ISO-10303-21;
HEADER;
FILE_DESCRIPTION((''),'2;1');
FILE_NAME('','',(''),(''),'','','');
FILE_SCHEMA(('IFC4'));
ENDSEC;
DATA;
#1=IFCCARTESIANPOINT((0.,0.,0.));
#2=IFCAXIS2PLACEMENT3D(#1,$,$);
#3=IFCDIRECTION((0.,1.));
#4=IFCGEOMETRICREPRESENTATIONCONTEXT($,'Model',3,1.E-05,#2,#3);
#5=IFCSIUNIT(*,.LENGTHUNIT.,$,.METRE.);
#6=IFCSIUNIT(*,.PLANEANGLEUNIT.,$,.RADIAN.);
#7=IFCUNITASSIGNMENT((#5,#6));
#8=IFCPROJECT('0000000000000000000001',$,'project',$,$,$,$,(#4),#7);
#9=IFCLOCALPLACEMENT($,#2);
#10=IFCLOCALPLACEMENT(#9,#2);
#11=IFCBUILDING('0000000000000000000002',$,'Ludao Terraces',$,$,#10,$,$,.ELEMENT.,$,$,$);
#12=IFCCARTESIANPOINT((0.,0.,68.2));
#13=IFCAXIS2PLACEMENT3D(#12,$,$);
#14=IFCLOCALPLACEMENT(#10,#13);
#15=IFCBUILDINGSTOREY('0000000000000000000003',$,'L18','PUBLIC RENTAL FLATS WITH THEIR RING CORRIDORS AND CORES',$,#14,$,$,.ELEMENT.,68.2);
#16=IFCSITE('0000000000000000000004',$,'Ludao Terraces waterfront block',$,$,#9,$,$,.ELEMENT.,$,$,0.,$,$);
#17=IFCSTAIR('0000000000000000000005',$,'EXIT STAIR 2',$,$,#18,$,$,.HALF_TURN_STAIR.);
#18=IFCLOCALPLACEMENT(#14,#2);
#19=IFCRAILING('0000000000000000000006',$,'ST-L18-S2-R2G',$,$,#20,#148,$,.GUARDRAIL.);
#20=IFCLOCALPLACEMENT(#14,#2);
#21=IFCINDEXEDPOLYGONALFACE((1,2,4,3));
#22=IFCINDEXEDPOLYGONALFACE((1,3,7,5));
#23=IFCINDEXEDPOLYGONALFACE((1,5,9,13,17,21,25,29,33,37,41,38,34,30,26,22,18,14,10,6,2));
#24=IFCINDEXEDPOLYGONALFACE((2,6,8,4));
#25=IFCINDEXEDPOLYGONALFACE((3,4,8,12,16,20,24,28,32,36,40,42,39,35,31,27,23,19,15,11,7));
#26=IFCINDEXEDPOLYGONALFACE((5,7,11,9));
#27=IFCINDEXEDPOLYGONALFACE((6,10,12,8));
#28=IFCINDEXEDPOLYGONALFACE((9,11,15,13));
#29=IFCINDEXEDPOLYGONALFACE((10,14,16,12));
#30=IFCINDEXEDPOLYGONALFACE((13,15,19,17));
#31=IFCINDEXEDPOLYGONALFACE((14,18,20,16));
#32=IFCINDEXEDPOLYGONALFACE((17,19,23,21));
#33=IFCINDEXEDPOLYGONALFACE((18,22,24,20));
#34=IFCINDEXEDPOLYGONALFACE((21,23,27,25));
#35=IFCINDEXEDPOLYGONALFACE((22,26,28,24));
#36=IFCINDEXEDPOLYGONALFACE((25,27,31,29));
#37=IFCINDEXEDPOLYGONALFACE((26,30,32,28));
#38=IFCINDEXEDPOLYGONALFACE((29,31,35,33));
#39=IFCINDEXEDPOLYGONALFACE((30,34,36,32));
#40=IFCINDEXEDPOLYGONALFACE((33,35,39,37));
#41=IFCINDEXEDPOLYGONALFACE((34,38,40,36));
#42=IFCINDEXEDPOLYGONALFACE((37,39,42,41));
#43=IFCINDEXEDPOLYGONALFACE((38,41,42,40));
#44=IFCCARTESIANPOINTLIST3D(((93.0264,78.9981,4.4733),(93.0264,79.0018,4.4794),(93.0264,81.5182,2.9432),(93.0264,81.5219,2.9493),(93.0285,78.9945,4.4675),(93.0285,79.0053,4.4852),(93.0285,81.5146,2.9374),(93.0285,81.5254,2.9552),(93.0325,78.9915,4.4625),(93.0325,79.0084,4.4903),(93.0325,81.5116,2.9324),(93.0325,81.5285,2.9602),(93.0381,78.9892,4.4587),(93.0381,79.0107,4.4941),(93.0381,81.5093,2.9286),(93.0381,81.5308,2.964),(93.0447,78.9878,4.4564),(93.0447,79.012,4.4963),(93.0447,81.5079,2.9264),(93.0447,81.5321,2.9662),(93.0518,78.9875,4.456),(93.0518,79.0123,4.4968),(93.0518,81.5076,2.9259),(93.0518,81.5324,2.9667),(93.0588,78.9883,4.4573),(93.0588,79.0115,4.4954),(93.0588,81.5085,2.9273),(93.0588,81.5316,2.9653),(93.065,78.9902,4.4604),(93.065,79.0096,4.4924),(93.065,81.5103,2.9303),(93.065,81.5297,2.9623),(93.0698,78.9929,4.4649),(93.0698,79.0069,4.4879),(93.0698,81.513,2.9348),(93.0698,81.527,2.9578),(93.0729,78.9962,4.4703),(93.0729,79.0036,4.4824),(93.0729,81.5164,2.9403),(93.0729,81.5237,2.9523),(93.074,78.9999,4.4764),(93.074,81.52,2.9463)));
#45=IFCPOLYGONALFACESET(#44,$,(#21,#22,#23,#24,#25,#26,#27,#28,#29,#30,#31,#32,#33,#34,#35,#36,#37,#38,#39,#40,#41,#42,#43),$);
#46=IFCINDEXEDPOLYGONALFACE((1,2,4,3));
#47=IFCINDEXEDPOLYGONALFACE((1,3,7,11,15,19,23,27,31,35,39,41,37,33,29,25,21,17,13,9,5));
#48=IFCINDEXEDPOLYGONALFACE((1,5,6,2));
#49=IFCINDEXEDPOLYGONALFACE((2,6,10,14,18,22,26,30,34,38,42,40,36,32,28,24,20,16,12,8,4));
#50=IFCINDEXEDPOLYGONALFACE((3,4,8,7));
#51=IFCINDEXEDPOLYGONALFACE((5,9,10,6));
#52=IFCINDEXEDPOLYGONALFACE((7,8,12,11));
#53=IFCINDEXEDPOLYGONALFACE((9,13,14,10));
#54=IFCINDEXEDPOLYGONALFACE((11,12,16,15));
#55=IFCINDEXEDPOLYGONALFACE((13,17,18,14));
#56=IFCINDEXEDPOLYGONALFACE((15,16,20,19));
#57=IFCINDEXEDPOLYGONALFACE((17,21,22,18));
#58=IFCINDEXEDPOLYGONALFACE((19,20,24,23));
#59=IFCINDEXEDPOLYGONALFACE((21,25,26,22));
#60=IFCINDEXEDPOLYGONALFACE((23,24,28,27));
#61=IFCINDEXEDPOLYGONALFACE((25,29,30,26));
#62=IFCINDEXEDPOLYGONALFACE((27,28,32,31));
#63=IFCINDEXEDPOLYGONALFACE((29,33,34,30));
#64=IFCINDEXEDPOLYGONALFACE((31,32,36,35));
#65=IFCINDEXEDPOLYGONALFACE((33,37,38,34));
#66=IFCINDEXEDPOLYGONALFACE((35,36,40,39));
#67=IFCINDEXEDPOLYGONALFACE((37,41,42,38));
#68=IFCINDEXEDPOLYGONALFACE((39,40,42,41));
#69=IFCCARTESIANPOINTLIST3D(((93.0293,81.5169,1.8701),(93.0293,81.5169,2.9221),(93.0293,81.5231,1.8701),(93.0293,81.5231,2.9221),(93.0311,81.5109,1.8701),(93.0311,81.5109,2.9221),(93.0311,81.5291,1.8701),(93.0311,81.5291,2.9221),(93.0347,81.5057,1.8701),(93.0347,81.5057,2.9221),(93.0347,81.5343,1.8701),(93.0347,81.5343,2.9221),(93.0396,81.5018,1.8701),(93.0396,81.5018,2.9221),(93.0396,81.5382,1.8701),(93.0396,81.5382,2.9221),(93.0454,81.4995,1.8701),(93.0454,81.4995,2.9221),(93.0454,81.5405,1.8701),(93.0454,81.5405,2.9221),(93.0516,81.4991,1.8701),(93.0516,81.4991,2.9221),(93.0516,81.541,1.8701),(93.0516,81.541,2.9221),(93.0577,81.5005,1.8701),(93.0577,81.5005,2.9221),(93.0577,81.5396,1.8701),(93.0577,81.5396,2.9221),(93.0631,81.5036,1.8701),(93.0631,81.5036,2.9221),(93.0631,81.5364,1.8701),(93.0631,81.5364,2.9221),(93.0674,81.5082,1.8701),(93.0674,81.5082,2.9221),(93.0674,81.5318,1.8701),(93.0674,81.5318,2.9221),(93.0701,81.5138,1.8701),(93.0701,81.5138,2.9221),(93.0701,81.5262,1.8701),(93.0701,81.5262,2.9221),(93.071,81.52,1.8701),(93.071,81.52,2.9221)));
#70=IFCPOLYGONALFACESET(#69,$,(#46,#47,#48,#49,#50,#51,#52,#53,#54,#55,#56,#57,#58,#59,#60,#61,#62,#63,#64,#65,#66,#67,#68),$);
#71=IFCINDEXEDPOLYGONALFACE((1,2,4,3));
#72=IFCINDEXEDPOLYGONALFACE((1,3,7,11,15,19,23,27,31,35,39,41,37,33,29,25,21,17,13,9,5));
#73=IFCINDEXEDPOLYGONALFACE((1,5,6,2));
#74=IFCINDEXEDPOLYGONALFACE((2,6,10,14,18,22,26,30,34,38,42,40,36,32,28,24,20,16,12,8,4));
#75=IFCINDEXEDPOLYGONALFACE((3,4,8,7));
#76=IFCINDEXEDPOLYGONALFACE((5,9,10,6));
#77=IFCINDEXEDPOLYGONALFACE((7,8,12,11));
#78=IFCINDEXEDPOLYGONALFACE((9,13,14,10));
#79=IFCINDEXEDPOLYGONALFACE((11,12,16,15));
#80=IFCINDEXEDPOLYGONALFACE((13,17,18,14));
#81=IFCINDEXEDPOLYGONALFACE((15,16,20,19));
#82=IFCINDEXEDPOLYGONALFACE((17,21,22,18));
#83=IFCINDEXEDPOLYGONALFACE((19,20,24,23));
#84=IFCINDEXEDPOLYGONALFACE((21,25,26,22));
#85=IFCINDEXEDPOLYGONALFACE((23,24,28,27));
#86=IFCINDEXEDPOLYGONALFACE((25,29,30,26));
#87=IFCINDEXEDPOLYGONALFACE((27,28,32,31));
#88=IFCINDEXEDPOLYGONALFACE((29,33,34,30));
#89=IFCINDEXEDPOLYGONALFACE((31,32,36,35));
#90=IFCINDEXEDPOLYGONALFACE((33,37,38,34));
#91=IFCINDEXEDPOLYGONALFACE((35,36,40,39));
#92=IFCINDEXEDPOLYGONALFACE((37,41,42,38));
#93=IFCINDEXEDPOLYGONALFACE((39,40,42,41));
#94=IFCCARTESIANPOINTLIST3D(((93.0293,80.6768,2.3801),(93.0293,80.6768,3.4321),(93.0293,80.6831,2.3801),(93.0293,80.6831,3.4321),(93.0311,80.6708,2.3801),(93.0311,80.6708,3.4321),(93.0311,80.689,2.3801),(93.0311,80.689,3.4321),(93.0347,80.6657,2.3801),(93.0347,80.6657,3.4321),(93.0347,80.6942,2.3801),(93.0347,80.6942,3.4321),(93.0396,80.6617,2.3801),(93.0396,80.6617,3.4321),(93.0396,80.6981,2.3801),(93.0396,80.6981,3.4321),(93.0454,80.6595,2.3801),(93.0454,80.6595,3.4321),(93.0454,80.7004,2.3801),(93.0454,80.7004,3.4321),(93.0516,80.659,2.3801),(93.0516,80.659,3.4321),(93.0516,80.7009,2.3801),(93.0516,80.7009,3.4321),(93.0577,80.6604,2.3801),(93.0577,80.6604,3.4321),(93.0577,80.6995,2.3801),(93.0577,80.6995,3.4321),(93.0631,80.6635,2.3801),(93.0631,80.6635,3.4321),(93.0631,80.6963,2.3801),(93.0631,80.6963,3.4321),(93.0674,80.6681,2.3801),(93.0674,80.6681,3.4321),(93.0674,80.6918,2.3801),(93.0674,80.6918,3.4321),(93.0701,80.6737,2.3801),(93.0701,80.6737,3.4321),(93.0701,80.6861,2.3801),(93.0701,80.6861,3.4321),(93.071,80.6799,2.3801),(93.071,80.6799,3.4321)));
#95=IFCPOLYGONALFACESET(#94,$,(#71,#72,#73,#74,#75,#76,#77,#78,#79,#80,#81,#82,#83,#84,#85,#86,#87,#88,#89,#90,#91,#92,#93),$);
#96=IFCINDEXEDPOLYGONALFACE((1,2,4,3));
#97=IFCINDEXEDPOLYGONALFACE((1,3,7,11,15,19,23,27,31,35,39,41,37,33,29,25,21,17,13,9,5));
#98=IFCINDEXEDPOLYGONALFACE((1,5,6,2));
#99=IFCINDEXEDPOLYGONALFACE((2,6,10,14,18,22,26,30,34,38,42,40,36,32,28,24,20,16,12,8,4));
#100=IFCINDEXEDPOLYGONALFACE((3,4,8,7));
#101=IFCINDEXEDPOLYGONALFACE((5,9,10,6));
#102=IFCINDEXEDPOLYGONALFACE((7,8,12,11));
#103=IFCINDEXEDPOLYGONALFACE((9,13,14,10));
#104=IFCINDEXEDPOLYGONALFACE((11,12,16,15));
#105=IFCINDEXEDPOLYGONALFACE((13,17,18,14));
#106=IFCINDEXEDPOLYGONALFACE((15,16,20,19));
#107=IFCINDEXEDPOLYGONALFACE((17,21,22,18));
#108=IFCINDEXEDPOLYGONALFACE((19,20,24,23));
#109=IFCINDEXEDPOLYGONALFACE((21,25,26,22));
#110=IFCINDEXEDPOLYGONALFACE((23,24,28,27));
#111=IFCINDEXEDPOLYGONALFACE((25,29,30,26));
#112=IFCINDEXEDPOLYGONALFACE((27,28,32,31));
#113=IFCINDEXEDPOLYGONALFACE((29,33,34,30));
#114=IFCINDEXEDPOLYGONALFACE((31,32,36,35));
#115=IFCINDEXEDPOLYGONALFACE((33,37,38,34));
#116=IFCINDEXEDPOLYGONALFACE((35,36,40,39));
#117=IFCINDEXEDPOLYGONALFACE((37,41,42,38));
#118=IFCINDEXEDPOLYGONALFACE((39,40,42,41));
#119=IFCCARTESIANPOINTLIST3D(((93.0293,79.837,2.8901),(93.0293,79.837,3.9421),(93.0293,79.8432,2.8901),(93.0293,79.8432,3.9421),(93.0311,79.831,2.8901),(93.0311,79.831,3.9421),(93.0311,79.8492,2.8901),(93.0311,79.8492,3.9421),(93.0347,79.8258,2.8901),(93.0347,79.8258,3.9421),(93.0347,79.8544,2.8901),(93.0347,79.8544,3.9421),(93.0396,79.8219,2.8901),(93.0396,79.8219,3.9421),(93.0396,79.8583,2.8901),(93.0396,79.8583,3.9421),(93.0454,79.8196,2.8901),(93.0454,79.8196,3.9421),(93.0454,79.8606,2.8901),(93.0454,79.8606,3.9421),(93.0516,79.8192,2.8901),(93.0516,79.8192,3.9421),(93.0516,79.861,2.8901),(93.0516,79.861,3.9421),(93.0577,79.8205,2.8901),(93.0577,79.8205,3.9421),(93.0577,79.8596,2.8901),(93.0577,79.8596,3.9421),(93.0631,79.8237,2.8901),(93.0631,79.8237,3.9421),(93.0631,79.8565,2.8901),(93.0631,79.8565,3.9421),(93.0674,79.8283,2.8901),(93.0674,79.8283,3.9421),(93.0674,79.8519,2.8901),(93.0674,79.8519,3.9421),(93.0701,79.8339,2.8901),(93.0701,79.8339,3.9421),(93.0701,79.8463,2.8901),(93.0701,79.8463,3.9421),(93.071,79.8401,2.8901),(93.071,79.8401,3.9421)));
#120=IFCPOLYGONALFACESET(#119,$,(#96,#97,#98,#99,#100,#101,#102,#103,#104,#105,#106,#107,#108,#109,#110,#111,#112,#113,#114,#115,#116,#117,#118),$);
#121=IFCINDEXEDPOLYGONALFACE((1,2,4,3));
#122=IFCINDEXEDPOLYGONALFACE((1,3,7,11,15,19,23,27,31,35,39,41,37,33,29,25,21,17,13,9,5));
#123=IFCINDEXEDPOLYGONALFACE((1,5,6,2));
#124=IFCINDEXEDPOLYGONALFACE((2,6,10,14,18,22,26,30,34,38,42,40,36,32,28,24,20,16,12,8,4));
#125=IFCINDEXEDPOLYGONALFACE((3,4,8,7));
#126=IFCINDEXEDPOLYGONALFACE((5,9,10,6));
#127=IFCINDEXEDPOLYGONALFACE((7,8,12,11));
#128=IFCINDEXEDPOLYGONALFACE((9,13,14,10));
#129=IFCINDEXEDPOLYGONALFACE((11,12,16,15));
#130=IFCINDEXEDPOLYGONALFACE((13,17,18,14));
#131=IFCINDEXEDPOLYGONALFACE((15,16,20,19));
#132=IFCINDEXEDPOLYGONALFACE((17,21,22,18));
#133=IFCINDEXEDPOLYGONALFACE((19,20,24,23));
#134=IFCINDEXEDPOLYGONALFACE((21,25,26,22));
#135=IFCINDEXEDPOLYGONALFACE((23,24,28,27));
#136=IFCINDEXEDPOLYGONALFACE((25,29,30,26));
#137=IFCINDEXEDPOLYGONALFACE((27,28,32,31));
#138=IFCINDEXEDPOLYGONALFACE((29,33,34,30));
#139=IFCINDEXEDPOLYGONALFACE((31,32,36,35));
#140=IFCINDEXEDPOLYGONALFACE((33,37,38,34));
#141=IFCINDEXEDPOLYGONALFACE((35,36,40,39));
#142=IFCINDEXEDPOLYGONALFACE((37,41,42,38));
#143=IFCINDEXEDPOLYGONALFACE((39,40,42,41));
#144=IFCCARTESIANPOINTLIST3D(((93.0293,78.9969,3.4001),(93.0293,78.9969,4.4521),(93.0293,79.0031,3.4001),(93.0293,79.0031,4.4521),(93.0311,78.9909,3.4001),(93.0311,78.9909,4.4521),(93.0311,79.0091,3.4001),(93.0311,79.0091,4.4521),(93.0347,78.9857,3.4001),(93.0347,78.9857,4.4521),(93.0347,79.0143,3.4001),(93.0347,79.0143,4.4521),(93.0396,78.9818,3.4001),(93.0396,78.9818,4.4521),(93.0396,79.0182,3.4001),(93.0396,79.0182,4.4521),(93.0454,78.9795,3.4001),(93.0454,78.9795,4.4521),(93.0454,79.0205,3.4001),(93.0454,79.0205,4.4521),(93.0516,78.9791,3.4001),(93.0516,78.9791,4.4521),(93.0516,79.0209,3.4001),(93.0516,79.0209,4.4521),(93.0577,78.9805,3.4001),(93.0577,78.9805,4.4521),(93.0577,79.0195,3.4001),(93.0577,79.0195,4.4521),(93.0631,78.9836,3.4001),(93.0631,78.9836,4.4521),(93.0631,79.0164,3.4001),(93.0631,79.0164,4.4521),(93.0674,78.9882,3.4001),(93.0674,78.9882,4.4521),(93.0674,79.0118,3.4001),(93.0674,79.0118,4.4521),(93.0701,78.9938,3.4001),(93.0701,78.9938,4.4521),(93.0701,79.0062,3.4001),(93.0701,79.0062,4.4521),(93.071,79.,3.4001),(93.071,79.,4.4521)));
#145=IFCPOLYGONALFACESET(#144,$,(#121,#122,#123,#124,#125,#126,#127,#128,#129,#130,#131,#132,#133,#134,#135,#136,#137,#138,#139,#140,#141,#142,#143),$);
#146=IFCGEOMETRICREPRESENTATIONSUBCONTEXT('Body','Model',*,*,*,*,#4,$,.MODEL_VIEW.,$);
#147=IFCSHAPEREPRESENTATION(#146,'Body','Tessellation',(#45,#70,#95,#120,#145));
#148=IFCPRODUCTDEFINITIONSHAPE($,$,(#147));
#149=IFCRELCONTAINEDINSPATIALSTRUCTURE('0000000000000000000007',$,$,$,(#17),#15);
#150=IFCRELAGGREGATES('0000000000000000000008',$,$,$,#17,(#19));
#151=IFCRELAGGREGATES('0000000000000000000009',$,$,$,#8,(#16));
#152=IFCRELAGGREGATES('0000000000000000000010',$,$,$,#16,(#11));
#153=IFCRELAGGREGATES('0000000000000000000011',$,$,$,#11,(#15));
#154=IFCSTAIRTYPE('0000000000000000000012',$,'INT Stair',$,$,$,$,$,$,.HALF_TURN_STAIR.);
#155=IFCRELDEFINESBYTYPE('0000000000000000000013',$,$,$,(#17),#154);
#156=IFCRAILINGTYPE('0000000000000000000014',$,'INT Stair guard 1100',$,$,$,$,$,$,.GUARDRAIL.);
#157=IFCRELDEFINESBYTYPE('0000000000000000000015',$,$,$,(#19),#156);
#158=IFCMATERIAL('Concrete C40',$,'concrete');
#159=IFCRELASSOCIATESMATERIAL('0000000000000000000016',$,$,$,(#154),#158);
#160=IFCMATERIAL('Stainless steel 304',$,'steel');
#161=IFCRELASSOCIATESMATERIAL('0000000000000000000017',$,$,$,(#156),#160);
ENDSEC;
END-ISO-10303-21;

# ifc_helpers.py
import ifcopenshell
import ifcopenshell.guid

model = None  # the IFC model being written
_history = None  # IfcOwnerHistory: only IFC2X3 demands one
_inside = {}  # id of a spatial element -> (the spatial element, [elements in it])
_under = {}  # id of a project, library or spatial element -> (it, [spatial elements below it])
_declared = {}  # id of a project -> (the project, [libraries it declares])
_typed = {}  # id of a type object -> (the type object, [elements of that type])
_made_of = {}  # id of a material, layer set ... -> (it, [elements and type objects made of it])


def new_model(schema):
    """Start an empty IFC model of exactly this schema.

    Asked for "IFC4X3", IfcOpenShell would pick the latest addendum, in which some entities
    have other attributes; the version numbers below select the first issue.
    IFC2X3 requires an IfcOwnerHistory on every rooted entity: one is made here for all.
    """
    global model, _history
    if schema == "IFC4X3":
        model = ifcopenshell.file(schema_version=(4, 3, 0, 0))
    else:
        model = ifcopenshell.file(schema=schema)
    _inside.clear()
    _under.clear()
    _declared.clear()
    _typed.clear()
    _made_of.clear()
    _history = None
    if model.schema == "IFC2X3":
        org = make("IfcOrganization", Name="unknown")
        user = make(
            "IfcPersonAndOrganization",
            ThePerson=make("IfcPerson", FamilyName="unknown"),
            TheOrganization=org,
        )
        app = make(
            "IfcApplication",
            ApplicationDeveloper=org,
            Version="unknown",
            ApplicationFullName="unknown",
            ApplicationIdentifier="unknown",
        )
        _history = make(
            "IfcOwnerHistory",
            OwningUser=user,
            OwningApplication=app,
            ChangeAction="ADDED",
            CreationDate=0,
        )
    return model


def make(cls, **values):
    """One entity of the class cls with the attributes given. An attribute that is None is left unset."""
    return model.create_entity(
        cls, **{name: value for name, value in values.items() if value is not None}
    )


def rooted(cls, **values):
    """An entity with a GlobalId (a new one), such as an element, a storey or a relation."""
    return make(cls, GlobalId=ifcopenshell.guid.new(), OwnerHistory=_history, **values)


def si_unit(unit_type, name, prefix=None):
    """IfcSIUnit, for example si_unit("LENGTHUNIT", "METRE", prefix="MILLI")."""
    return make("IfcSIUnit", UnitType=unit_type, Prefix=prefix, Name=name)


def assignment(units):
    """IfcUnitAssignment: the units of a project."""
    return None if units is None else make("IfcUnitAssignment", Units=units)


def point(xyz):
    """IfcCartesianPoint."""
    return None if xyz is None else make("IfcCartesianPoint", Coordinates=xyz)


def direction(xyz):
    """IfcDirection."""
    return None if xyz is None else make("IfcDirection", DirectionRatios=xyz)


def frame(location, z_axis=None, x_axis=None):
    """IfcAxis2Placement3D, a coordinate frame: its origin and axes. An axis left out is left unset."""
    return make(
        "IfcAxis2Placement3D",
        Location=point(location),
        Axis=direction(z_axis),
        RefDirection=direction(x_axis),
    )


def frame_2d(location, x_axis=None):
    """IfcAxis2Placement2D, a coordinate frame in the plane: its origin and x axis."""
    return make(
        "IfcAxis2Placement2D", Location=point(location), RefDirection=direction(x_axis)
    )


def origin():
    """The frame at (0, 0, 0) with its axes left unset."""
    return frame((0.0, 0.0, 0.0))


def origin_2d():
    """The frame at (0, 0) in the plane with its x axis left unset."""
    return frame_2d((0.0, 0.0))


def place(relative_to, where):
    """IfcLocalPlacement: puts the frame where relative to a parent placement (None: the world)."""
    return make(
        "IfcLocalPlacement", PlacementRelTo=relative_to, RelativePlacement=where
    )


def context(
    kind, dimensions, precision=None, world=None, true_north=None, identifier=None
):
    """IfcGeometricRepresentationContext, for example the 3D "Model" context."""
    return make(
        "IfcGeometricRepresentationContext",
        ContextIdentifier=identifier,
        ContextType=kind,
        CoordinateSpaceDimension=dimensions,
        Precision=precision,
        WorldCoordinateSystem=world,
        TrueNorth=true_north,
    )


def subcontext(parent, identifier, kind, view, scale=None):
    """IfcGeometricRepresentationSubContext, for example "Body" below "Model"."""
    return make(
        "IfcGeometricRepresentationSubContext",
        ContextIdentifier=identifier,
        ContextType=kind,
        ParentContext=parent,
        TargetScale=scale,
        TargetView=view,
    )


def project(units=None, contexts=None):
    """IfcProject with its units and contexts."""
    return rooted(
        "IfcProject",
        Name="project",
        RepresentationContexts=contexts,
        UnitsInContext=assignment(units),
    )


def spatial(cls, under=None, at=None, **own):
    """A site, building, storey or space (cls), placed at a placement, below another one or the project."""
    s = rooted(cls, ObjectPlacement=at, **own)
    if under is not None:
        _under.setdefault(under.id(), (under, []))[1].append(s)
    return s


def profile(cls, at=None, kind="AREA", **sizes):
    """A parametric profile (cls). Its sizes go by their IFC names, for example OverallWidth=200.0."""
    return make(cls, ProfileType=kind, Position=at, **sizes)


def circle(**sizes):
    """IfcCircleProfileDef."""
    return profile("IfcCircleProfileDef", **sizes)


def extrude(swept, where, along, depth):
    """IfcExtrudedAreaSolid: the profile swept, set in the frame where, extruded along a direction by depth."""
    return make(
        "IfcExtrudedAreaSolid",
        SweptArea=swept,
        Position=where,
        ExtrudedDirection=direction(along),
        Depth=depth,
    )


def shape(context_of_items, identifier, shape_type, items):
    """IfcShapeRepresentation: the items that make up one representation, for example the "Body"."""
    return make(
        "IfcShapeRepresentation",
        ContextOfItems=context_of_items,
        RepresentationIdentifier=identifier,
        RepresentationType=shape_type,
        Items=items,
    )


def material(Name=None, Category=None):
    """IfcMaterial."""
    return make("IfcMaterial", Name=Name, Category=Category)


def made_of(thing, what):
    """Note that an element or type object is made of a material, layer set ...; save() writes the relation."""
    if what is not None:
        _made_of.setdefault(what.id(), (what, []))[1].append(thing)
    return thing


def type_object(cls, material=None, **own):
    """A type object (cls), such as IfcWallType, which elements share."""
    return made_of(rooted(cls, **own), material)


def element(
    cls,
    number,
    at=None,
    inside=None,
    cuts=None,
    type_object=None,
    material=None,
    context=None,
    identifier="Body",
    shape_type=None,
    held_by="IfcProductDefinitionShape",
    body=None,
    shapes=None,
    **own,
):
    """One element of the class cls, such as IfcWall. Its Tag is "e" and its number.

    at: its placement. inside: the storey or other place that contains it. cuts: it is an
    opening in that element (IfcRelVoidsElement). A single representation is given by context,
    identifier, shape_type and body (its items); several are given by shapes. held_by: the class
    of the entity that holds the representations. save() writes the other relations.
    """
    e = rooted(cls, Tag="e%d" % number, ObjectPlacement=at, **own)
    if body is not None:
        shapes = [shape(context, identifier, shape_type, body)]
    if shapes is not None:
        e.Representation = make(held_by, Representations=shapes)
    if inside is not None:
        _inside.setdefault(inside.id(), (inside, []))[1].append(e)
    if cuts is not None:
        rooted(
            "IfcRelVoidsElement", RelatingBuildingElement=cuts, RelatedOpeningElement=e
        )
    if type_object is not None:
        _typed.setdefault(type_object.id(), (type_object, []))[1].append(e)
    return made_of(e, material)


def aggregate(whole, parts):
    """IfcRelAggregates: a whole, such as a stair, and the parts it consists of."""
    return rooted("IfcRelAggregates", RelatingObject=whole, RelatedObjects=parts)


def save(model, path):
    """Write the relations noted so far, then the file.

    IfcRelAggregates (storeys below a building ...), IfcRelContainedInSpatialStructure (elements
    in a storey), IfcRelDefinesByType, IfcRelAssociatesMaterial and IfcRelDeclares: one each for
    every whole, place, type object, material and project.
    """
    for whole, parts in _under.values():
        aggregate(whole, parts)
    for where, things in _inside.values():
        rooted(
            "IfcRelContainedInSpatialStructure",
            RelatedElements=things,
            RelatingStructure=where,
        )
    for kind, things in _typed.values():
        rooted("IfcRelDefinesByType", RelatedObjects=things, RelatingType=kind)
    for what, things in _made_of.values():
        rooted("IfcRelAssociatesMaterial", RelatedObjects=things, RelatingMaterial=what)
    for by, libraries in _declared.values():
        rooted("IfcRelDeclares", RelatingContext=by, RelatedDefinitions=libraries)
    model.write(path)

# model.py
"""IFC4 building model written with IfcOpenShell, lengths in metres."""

from ifc_helpers import new_model, si_unit, direction, frame, origin, origin_2d, place, context, subcontext, project, spatial, circle, extrude, material, type_object, element, aggregate, save


model = new_model("IFC4")

# Units and contexts
model_context = context("Model", 3, precision=1e-05, world=origin(), true_north=direction((0.0, 1.0)))
body_context = subcontext(model_context, "Body", "Model", "MODEL_VIEW")
ifc_project = project(units=[si_unit("LENGTHUNIT", "METRE"), si_unit("PLANEANGLEUNIT", "RADIAN")], contexts=[model_context])

# Site, building, storey
site_placement = place(None, origin())
site = spatial("IfcSite", under=ifc_project, at=site_placement, Name="Ludao Terraces waterfront block", CompositionType="ELEMENT", RefElevation=0.0)
building_placement = place(site_placement, origin())
building = spatial("IfcBuilding", under=site, at=building_placement, Name="Ludao Terraces", CompositionType="ELEMENT")
storey_placement = place(building_placement, frame((0.0, 0.0, 68.2)))
storey = spatial("IfcBuildingStorey", under=building, at=storey_placement, Name="L18", Description="PUBLIC RENTAL FLATS WITH THEIR RING CORRIDORS AND CORES", CompositionType="ELEMENT", Elevation=68.2)

# Shared definitions
ifc_material_1 = material(Name="Concrete C40", Category="concrete")

# Shared definitions
ifc_material_2 = material(Name="Stainless steel 304", Category="steel")

# Stair, railing
stair_type = type_object("IfcStairType", Name="INT Stair", PredefinedType="HALF_TURN_STAIR", material=ifc_material_1)
stair_placement = place(storey_placement, origin())
stair = element("IfcStair", 1, at=stair_placement, inside=storey, type_object=stair_type, Name="EXIT STAIR 2", PredefinedType="HALF_TURN_STAIR")
railing_type_1 = type_object("IfcRailingType", Name="INT Stair guard 1100", PredefinedType="GUARDRAIL", material=ifc_material_2)
railing_1_placement = place(storey_placement, frame((93.05, 81.52, 1.8701)))
railing_1 = element("IfcRailing", 2, at=railing_1_placement, type_object=railing_type_1, Name="ST-L18-S2-R2G", PredefinedType="GUARDRAIL", context=body_context, shape_type="SweptSolid", body=[
    extrude(circle(Radius=0.0239, at=origin_2d()), frame((0.0, 0.0, 1.0762), z_axis=(0.0, -0.854785, 0.518982), x_axis=(1.0, 0.0, 0.0)), (0.0, 0.0, 1.0), 2.9482),
    extrude(circle(Radius=0.021, at=origin_2d()), origin(), (0.0, 0.0, 1.0), 1.052),
    extrude(circle(Radius=0.021, at=origin_2d()), frame((0.0, -0.8401, 0.51)), (0.0, 0.0, 1.0), 1.052),
    extrude(circle(Radius=0.021, at=origin_2d()), frame((0.0, -1.6799, 1.02)), (0.0, 0.0, 1.0), 1.052),
    extrude(circle(Radius=0.021, at=origin_2d()), frame((0.0, -2.52, 1.53)), (0.0, 0.0, 1.0), 1.052),
])
aggregate(stair, [railing_1])

save(model, "model.ifc")
